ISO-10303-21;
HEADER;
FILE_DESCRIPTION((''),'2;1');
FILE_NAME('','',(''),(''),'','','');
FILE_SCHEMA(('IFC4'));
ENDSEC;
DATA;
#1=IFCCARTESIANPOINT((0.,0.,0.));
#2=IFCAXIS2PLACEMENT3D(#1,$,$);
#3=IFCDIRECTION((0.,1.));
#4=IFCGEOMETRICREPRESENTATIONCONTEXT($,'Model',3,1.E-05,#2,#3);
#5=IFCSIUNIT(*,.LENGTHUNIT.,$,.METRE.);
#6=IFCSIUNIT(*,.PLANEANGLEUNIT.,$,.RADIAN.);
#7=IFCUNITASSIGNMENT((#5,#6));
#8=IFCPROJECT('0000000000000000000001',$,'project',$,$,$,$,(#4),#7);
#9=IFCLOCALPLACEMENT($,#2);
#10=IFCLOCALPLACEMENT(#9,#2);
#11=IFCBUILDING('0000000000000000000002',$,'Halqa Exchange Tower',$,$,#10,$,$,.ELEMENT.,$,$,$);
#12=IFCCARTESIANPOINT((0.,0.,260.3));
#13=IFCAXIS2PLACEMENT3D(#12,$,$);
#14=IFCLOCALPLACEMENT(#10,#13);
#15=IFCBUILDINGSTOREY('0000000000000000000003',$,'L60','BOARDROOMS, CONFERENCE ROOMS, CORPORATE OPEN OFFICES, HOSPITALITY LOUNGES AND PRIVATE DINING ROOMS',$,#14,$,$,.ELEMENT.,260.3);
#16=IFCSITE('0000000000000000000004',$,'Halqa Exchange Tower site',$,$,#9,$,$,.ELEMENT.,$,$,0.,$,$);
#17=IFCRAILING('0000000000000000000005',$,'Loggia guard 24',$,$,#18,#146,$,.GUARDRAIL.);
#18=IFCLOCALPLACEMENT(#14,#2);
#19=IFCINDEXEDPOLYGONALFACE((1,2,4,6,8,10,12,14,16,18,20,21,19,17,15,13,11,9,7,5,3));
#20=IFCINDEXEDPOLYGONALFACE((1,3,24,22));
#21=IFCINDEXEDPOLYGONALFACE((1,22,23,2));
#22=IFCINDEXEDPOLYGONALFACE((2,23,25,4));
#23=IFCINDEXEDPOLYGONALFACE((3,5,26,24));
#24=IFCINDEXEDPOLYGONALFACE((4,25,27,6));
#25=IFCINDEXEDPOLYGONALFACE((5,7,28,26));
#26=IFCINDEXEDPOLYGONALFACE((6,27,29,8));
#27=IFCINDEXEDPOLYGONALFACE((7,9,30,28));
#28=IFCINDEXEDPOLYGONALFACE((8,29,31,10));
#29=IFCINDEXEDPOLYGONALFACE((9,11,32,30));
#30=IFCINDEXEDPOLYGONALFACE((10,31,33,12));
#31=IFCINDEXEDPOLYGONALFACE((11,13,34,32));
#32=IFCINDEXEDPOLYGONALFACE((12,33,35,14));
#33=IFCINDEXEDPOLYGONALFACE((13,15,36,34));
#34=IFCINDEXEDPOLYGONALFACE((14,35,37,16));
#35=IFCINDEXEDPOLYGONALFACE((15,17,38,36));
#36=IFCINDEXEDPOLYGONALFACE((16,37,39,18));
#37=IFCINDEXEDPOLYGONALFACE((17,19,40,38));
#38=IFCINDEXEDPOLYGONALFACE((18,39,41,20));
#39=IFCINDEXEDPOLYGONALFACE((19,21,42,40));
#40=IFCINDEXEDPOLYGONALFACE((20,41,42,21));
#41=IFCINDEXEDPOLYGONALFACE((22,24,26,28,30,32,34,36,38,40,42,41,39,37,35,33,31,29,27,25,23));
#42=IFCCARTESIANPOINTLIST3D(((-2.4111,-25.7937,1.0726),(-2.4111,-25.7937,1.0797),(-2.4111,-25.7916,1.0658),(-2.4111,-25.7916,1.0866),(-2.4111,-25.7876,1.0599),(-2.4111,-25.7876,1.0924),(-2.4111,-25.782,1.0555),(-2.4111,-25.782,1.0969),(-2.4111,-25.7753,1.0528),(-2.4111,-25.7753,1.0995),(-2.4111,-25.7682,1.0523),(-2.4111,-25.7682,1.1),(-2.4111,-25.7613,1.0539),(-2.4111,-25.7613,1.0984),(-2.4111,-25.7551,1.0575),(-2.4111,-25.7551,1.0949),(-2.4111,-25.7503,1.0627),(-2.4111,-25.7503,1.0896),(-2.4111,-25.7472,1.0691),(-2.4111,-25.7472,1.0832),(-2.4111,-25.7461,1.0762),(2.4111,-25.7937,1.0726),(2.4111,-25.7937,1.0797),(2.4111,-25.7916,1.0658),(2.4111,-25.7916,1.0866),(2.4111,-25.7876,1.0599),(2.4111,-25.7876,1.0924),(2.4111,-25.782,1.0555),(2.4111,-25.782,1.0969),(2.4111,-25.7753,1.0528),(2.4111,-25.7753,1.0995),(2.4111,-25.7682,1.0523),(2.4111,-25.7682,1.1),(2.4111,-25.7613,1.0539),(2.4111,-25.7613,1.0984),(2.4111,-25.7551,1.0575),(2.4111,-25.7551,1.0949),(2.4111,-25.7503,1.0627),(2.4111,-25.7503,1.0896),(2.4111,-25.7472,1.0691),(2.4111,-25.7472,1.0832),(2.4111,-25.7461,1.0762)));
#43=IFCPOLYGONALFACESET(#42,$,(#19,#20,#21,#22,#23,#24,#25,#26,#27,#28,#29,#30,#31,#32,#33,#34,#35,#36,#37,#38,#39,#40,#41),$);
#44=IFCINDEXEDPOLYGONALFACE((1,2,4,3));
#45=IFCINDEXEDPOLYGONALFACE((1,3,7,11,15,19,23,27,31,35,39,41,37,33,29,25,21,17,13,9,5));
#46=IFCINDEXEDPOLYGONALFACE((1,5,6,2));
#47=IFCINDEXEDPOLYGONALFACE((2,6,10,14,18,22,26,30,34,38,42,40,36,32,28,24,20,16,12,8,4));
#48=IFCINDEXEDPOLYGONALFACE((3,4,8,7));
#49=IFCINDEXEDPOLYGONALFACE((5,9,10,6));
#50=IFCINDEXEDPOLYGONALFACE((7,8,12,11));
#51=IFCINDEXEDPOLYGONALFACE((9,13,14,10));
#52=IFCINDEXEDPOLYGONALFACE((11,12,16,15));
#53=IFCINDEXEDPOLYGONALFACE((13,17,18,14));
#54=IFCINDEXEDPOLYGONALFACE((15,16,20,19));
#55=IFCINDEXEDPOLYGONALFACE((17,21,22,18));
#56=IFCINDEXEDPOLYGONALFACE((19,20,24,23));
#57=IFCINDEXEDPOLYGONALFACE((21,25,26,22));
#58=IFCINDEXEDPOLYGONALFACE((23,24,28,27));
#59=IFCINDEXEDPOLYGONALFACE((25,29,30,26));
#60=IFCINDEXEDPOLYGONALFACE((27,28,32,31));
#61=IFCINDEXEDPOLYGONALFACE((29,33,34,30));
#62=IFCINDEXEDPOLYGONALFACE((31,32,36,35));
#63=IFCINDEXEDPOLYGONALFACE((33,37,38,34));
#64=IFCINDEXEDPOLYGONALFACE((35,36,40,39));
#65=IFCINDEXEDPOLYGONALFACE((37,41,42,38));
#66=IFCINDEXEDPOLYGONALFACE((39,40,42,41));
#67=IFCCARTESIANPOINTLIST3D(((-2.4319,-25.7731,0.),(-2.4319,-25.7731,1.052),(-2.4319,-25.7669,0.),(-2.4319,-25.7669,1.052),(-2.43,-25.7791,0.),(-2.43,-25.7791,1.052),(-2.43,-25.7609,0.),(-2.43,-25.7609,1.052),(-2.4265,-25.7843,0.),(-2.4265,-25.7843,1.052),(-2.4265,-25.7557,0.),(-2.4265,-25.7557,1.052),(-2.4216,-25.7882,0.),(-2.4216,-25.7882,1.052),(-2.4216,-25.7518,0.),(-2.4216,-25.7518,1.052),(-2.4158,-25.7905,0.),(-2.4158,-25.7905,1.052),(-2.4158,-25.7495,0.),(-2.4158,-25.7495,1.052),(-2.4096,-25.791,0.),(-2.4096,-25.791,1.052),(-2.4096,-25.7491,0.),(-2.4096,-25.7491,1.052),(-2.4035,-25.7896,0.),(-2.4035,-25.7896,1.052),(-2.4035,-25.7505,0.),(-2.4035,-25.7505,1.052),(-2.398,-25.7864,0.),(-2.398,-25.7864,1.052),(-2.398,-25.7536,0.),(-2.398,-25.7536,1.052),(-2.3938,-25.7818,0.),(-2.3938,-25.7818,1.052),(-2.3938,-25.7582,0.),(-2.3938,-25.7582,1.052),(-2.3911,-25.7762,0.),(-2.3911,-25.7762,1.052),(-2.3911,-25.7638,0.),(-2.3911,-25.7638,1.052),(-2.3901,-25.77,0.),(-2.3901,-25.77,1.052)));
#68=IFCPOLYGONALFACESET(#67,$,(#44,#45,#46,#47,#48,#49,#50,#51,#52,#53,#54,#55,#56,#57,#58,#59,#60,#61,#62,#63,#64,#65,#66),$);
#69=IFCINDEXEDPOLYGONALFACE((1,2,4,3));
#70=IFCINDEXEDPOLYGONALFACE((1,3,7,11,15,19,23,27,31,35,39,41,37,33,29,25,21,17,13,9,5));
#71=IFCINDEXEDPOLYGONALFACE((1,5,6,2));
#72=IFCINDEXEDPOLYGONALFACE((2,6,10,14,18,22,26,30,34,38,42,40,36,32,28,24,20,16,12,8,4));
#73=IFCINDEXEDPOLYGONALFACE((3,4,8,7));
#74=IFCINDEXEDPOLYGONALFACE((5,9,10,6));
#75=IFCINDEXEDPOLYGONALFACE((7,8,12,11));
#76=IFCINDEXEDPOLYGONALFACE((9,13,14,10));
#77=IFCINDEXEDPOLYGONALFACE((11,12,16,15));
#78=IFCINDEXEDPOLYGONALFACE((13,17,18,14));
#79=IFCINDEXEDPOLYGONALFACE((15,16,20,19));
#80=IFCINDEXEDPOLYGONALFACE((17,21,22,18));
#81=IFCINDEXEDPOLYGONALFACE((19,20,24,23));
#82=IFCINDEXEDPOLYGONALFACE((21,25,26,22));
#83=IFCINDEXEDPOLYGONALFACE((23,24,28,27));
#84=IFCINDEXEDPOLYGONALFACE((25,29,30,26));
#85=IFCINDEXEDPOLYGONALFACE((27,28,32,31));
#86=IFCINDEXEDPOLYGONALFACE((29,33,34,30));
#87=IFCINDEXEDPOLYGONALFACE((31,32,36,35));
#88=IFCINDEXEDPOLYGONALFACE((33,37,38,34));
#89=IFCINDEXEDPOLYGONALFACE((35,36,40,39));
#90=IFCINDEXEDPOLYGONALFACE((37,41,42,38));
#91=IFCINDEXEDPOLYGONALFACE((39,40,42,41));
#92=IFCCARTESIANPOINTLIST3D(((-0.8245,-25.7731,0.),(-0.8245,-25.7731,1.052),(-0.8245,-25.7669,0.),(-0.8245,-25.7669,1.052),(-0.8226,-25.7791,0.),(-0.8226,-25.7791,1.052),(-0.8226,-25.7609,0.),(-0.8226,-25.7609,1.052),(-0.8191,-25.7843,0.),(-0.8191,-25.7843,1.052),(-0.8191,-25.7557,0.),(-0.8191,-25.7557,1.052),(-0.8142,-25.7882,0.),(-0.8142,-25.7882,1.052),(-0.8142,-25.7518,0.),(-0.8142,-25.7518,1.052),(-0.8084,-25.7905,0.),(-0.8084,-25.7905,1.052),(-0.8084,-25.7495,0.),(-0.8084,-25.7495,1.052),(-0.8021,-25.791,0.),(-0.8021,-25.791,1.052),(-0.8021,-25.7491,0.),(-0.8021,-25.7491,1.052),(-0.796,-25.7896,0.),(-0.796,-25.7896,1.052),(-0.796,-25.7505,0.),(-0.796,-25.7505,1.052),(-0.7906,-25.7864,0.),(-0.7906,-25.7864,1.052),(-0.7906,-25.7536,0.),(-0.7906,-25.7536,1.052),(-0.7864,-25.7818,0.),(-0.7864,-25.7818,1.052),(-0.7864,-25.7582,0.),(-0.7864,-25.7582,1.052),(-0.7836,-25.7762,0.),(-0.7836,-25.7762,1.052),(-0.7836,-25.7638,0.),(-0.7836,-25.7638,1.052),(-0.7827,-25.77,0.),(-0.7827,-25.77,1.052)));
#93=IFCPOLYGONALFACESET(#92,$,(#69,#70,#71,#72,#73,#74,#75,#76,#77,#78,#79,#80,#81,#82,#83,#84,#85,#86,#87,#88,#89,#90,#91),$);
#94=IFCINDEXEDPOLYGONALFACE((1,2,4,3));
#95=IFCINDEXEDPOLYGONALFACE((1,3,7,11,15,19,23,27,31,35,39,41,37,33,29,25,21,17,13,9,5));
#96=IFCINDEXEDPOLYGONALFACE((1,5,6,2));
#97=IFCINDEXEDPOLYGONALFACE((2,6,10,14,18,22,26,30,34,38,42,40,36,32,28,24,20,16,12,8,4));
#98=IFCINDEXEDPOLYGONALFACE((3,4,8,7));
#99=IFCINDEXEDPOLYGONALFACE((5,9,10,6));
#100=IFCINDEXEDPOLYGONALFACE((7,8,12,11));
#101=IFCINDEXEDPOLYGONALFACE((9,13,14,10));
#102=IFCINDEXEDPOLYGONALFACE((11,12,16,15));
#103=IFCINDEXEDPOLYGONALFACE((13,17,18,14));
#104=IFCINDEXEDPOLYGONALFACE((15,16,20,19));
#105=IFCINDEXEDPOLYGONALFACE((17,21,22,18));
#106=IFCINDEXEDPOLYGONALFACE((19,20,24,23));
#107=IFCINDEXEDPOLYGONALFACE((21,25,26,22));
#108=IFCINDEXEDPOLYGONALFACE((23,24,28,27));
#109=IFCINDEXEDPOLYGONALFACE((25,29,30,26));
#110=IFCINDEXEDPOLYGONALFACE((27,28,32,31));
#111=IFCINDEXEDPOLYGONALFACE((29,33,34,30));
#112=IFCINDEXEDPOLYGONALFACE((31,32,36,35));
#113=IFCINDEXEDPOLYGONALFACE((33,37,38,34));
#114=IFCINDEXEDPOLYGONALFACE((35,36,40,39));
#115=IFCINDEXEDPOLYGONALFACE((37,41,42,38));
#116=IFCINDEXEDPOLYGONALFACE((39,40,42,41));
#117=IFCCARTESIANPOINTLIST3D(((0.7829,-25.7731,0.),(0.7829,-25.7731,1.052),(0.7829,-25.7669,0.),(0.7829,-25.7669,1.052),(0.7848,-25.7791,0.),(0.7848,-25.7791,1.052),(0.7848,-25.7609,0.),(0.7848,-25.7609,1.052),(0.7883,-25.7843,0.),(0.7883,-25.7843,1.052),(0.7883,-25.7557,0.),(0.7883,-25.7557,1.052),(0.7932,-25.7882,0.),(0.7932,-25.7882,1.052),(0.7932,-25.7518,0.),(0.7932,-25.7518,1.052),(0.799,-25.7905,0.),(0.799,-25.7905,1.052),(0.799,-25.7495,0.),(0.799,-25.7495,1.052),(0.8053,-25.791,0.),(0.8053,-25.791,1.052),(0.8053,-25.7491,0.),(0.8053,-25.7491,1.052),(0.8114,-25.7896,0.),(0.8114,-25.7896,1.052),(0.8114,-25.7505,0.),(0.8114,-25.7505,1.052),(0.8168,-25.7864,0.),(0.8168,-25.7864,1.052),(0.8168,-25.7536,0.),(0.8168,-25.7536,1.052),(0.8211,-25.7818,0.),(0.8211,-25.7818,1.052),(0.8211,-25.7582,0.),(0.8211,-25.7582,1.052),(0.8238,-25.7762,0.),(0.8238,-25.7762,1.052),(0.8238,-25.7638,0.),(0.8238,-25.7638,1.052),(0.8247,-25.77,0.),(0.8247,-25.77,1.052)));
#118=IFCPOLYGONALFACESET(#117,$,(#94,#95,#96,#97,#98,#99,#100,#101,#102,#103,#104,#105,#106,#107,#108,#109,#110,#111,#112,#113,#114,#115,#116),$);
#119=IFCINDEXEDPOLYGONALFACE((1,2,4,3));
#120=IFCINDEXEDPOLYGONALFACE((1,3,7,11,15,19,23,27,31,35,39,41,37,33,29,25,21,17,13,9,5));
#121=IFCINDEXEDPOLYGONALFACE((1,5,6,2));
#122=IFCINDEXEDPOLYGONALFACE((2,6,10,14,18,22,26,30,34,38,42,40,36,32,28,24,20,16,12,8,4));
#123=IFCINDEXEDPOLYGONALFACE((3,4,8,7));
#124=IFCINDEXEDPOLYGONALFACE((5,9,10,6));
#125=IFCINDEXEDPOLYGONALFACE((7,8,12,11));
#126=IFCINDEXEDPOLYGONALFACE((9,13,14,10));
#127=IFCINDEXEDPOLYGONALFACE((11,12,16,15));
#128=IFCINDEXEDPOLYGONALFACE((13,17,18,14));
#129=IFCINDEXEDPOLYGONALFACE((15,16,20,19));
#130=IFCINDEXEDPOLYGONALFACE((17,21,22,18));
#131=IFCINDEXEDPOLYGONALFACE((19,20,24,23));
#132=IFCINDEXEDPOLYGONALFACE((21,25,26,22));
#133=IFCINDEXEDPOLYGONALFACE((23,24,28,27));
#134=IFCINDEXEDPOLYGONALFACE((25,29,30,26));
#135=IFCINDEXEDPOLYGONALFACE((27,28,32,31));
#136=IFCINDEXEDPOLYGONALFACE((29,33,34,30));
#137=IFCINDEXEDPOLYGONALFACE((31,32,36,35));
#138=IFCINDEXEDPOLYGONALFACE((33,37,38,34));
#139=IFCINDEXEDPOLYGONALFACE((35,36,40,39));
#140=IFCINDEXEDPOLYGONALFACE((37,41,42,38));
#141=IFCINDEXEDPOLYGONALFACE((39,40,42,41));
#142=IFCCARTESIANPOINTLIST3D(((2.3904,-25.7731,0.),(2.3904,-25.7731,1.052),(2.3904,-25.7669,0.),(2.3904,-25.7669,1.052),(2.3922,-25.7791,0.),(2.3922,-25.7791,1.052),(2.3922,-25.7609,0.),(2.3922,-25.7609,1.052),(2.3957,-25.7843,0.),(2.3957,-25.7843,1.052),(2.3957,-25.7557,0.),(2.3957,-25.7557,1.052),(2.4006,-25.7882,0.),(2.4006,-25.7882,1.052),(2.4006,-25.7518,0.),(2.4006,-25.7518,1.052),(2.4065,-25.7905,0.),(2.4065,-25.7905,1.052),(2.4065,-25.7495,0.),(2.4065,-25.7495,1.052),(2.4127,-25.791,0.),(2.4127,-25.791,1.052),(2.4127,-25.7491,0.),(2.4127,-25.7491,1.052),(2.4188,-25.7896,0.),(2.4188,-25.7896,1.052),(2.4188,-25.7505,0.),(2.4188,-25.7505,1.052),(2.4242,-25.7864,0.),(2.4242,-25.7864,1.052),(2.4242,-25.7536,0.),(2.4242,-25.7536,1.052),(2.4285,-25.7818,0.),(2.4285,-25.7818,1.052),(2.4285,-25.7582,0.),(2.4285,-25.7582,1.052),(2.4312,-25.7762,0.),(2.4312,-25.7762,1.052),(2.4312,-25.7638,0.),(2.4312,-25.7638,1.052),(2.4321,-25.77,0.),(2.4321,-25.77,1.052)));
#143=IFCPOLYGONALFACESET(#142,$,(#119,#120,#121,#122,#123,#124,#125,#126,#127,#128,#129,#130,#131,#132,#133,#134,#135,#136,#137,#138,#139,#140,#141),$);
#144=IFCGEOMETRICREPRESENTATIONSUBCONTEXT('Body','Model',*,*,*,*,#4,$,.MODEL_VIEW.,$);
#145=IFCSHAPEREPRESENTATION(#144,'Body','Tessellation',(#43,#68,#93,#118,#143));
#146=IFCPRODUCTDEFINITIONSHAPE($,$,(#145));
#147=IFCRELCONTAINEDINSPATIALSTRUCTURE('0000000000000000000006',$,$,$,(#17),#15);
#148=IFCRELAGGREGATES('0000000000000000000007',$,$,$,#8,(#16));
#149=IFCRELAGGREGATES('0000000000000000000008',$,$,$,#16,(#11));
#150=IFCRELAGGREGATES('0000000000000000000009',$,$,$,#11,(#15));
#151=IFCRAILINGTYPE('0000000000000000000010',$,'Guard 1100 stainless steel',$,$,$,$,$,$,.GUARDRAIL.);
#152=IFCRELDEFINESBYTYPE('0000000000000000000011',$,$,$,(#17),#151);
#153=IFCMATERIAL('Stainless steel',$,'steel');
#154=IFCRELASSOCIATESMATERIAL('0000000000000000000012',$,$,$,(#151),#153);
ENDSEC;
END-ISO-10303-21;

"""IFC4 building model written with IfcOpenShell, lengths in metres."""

from ifc_helpers import new_model, si_unit, direction, frame, origin, origin_2d, place, context, subcontext, project, spatial, circle, extrude, material, type_object, element, save


model = new_model("IFC4")

# Units and contexts
model_context = context("Model", 3, precision=1e-05, world=origin(), true_north=direction((0.0, 1.0)))
body_context = subcontext(model_context, "Body", "Model", "MODEL_VIEW")
ifc_project = project(units=[si_unit("LENGTHUNIT", "METRE"), si_unit("PLANEANGLEUNIT", "RADIAN")], contexts=[model_context])

# Site, building, storey
site_placement = place(None, origin())
site = spatial("IfcSite", under=ifc_project, at=site_placement, Name="Halqa Exchange Tower site", CompositionType="ELEMENT", RefElevation=0.0)
building_placement = place(site_placement, origin())
building = spatial("IfcBuilding", under=site, at=building_placement, Name="Halqa Exchange Tower", CompositionType="ELEMENT")
storey_placement = place(building_placement, frame((0.0, 0.0, 260.3)))
storey = spatial("IfcBuildingStorey", under=building, at=storey_placement, Name="L60", Description="BOARDROOMS, CONFERENCE ROOMS, CORPORATE OPEN OFFICES, HOSPITALITY LOUNGES AND PRIVATE DINING ROOMS", CompositionType="ELEMENT", Elevation=260.3)

# Railing
ifc_material_1 = material(Name="Stainless steel", Category="steel")
railing_type = type_object("IfcRailingType", Name="Guard 1100 stainless steel", PredefinedType="GUARDRAIL", material=ifc_material_1)
railing_1_placement = place(storey_placement, frame((-2.4111, -25.77, 0.0)))
element("IfcRailing", 1, at=railing_1_placement, inside=storey, type_object=railing_type, Name="Loggia guard 24", PredefinedType="GUARDRAIL", context=body_context, shape_type="SweptSolid", body=[
    extrude(circle(Radius=0.0239, at=origin_2d()), frame((0.0, 0.0, 1.0762), z_axis=(1.0, 0.0, 0.0), x_axis=(0.0, 1.0, 0.0)), (0.0, 0.0, 1.0), 4.8223),
    extrude(circle(Radius=0.021, at=origin_2d()), origin(), (0.0, 0.0, 1.0), 1.052),
    extrude(circle(Radius=0.021, at=origin_2d()), frame((1.6074, 0.0, 0.0)), (0.0, 0.0, 1.0), 1.052),
    extrude(circle(Radius=0.021, at=origin_2d()), frame((3.2148, 0.0, 0.0)), (0.0, 0.0, 1.0), 1.052),
    extrude(circle(Radius=0.021, at=origin_2d()), frame((4.8223, 0.0, 0.0)), (0.0, 0.0, 1.0), 1.052),
])

save(model, "model.ifc")
